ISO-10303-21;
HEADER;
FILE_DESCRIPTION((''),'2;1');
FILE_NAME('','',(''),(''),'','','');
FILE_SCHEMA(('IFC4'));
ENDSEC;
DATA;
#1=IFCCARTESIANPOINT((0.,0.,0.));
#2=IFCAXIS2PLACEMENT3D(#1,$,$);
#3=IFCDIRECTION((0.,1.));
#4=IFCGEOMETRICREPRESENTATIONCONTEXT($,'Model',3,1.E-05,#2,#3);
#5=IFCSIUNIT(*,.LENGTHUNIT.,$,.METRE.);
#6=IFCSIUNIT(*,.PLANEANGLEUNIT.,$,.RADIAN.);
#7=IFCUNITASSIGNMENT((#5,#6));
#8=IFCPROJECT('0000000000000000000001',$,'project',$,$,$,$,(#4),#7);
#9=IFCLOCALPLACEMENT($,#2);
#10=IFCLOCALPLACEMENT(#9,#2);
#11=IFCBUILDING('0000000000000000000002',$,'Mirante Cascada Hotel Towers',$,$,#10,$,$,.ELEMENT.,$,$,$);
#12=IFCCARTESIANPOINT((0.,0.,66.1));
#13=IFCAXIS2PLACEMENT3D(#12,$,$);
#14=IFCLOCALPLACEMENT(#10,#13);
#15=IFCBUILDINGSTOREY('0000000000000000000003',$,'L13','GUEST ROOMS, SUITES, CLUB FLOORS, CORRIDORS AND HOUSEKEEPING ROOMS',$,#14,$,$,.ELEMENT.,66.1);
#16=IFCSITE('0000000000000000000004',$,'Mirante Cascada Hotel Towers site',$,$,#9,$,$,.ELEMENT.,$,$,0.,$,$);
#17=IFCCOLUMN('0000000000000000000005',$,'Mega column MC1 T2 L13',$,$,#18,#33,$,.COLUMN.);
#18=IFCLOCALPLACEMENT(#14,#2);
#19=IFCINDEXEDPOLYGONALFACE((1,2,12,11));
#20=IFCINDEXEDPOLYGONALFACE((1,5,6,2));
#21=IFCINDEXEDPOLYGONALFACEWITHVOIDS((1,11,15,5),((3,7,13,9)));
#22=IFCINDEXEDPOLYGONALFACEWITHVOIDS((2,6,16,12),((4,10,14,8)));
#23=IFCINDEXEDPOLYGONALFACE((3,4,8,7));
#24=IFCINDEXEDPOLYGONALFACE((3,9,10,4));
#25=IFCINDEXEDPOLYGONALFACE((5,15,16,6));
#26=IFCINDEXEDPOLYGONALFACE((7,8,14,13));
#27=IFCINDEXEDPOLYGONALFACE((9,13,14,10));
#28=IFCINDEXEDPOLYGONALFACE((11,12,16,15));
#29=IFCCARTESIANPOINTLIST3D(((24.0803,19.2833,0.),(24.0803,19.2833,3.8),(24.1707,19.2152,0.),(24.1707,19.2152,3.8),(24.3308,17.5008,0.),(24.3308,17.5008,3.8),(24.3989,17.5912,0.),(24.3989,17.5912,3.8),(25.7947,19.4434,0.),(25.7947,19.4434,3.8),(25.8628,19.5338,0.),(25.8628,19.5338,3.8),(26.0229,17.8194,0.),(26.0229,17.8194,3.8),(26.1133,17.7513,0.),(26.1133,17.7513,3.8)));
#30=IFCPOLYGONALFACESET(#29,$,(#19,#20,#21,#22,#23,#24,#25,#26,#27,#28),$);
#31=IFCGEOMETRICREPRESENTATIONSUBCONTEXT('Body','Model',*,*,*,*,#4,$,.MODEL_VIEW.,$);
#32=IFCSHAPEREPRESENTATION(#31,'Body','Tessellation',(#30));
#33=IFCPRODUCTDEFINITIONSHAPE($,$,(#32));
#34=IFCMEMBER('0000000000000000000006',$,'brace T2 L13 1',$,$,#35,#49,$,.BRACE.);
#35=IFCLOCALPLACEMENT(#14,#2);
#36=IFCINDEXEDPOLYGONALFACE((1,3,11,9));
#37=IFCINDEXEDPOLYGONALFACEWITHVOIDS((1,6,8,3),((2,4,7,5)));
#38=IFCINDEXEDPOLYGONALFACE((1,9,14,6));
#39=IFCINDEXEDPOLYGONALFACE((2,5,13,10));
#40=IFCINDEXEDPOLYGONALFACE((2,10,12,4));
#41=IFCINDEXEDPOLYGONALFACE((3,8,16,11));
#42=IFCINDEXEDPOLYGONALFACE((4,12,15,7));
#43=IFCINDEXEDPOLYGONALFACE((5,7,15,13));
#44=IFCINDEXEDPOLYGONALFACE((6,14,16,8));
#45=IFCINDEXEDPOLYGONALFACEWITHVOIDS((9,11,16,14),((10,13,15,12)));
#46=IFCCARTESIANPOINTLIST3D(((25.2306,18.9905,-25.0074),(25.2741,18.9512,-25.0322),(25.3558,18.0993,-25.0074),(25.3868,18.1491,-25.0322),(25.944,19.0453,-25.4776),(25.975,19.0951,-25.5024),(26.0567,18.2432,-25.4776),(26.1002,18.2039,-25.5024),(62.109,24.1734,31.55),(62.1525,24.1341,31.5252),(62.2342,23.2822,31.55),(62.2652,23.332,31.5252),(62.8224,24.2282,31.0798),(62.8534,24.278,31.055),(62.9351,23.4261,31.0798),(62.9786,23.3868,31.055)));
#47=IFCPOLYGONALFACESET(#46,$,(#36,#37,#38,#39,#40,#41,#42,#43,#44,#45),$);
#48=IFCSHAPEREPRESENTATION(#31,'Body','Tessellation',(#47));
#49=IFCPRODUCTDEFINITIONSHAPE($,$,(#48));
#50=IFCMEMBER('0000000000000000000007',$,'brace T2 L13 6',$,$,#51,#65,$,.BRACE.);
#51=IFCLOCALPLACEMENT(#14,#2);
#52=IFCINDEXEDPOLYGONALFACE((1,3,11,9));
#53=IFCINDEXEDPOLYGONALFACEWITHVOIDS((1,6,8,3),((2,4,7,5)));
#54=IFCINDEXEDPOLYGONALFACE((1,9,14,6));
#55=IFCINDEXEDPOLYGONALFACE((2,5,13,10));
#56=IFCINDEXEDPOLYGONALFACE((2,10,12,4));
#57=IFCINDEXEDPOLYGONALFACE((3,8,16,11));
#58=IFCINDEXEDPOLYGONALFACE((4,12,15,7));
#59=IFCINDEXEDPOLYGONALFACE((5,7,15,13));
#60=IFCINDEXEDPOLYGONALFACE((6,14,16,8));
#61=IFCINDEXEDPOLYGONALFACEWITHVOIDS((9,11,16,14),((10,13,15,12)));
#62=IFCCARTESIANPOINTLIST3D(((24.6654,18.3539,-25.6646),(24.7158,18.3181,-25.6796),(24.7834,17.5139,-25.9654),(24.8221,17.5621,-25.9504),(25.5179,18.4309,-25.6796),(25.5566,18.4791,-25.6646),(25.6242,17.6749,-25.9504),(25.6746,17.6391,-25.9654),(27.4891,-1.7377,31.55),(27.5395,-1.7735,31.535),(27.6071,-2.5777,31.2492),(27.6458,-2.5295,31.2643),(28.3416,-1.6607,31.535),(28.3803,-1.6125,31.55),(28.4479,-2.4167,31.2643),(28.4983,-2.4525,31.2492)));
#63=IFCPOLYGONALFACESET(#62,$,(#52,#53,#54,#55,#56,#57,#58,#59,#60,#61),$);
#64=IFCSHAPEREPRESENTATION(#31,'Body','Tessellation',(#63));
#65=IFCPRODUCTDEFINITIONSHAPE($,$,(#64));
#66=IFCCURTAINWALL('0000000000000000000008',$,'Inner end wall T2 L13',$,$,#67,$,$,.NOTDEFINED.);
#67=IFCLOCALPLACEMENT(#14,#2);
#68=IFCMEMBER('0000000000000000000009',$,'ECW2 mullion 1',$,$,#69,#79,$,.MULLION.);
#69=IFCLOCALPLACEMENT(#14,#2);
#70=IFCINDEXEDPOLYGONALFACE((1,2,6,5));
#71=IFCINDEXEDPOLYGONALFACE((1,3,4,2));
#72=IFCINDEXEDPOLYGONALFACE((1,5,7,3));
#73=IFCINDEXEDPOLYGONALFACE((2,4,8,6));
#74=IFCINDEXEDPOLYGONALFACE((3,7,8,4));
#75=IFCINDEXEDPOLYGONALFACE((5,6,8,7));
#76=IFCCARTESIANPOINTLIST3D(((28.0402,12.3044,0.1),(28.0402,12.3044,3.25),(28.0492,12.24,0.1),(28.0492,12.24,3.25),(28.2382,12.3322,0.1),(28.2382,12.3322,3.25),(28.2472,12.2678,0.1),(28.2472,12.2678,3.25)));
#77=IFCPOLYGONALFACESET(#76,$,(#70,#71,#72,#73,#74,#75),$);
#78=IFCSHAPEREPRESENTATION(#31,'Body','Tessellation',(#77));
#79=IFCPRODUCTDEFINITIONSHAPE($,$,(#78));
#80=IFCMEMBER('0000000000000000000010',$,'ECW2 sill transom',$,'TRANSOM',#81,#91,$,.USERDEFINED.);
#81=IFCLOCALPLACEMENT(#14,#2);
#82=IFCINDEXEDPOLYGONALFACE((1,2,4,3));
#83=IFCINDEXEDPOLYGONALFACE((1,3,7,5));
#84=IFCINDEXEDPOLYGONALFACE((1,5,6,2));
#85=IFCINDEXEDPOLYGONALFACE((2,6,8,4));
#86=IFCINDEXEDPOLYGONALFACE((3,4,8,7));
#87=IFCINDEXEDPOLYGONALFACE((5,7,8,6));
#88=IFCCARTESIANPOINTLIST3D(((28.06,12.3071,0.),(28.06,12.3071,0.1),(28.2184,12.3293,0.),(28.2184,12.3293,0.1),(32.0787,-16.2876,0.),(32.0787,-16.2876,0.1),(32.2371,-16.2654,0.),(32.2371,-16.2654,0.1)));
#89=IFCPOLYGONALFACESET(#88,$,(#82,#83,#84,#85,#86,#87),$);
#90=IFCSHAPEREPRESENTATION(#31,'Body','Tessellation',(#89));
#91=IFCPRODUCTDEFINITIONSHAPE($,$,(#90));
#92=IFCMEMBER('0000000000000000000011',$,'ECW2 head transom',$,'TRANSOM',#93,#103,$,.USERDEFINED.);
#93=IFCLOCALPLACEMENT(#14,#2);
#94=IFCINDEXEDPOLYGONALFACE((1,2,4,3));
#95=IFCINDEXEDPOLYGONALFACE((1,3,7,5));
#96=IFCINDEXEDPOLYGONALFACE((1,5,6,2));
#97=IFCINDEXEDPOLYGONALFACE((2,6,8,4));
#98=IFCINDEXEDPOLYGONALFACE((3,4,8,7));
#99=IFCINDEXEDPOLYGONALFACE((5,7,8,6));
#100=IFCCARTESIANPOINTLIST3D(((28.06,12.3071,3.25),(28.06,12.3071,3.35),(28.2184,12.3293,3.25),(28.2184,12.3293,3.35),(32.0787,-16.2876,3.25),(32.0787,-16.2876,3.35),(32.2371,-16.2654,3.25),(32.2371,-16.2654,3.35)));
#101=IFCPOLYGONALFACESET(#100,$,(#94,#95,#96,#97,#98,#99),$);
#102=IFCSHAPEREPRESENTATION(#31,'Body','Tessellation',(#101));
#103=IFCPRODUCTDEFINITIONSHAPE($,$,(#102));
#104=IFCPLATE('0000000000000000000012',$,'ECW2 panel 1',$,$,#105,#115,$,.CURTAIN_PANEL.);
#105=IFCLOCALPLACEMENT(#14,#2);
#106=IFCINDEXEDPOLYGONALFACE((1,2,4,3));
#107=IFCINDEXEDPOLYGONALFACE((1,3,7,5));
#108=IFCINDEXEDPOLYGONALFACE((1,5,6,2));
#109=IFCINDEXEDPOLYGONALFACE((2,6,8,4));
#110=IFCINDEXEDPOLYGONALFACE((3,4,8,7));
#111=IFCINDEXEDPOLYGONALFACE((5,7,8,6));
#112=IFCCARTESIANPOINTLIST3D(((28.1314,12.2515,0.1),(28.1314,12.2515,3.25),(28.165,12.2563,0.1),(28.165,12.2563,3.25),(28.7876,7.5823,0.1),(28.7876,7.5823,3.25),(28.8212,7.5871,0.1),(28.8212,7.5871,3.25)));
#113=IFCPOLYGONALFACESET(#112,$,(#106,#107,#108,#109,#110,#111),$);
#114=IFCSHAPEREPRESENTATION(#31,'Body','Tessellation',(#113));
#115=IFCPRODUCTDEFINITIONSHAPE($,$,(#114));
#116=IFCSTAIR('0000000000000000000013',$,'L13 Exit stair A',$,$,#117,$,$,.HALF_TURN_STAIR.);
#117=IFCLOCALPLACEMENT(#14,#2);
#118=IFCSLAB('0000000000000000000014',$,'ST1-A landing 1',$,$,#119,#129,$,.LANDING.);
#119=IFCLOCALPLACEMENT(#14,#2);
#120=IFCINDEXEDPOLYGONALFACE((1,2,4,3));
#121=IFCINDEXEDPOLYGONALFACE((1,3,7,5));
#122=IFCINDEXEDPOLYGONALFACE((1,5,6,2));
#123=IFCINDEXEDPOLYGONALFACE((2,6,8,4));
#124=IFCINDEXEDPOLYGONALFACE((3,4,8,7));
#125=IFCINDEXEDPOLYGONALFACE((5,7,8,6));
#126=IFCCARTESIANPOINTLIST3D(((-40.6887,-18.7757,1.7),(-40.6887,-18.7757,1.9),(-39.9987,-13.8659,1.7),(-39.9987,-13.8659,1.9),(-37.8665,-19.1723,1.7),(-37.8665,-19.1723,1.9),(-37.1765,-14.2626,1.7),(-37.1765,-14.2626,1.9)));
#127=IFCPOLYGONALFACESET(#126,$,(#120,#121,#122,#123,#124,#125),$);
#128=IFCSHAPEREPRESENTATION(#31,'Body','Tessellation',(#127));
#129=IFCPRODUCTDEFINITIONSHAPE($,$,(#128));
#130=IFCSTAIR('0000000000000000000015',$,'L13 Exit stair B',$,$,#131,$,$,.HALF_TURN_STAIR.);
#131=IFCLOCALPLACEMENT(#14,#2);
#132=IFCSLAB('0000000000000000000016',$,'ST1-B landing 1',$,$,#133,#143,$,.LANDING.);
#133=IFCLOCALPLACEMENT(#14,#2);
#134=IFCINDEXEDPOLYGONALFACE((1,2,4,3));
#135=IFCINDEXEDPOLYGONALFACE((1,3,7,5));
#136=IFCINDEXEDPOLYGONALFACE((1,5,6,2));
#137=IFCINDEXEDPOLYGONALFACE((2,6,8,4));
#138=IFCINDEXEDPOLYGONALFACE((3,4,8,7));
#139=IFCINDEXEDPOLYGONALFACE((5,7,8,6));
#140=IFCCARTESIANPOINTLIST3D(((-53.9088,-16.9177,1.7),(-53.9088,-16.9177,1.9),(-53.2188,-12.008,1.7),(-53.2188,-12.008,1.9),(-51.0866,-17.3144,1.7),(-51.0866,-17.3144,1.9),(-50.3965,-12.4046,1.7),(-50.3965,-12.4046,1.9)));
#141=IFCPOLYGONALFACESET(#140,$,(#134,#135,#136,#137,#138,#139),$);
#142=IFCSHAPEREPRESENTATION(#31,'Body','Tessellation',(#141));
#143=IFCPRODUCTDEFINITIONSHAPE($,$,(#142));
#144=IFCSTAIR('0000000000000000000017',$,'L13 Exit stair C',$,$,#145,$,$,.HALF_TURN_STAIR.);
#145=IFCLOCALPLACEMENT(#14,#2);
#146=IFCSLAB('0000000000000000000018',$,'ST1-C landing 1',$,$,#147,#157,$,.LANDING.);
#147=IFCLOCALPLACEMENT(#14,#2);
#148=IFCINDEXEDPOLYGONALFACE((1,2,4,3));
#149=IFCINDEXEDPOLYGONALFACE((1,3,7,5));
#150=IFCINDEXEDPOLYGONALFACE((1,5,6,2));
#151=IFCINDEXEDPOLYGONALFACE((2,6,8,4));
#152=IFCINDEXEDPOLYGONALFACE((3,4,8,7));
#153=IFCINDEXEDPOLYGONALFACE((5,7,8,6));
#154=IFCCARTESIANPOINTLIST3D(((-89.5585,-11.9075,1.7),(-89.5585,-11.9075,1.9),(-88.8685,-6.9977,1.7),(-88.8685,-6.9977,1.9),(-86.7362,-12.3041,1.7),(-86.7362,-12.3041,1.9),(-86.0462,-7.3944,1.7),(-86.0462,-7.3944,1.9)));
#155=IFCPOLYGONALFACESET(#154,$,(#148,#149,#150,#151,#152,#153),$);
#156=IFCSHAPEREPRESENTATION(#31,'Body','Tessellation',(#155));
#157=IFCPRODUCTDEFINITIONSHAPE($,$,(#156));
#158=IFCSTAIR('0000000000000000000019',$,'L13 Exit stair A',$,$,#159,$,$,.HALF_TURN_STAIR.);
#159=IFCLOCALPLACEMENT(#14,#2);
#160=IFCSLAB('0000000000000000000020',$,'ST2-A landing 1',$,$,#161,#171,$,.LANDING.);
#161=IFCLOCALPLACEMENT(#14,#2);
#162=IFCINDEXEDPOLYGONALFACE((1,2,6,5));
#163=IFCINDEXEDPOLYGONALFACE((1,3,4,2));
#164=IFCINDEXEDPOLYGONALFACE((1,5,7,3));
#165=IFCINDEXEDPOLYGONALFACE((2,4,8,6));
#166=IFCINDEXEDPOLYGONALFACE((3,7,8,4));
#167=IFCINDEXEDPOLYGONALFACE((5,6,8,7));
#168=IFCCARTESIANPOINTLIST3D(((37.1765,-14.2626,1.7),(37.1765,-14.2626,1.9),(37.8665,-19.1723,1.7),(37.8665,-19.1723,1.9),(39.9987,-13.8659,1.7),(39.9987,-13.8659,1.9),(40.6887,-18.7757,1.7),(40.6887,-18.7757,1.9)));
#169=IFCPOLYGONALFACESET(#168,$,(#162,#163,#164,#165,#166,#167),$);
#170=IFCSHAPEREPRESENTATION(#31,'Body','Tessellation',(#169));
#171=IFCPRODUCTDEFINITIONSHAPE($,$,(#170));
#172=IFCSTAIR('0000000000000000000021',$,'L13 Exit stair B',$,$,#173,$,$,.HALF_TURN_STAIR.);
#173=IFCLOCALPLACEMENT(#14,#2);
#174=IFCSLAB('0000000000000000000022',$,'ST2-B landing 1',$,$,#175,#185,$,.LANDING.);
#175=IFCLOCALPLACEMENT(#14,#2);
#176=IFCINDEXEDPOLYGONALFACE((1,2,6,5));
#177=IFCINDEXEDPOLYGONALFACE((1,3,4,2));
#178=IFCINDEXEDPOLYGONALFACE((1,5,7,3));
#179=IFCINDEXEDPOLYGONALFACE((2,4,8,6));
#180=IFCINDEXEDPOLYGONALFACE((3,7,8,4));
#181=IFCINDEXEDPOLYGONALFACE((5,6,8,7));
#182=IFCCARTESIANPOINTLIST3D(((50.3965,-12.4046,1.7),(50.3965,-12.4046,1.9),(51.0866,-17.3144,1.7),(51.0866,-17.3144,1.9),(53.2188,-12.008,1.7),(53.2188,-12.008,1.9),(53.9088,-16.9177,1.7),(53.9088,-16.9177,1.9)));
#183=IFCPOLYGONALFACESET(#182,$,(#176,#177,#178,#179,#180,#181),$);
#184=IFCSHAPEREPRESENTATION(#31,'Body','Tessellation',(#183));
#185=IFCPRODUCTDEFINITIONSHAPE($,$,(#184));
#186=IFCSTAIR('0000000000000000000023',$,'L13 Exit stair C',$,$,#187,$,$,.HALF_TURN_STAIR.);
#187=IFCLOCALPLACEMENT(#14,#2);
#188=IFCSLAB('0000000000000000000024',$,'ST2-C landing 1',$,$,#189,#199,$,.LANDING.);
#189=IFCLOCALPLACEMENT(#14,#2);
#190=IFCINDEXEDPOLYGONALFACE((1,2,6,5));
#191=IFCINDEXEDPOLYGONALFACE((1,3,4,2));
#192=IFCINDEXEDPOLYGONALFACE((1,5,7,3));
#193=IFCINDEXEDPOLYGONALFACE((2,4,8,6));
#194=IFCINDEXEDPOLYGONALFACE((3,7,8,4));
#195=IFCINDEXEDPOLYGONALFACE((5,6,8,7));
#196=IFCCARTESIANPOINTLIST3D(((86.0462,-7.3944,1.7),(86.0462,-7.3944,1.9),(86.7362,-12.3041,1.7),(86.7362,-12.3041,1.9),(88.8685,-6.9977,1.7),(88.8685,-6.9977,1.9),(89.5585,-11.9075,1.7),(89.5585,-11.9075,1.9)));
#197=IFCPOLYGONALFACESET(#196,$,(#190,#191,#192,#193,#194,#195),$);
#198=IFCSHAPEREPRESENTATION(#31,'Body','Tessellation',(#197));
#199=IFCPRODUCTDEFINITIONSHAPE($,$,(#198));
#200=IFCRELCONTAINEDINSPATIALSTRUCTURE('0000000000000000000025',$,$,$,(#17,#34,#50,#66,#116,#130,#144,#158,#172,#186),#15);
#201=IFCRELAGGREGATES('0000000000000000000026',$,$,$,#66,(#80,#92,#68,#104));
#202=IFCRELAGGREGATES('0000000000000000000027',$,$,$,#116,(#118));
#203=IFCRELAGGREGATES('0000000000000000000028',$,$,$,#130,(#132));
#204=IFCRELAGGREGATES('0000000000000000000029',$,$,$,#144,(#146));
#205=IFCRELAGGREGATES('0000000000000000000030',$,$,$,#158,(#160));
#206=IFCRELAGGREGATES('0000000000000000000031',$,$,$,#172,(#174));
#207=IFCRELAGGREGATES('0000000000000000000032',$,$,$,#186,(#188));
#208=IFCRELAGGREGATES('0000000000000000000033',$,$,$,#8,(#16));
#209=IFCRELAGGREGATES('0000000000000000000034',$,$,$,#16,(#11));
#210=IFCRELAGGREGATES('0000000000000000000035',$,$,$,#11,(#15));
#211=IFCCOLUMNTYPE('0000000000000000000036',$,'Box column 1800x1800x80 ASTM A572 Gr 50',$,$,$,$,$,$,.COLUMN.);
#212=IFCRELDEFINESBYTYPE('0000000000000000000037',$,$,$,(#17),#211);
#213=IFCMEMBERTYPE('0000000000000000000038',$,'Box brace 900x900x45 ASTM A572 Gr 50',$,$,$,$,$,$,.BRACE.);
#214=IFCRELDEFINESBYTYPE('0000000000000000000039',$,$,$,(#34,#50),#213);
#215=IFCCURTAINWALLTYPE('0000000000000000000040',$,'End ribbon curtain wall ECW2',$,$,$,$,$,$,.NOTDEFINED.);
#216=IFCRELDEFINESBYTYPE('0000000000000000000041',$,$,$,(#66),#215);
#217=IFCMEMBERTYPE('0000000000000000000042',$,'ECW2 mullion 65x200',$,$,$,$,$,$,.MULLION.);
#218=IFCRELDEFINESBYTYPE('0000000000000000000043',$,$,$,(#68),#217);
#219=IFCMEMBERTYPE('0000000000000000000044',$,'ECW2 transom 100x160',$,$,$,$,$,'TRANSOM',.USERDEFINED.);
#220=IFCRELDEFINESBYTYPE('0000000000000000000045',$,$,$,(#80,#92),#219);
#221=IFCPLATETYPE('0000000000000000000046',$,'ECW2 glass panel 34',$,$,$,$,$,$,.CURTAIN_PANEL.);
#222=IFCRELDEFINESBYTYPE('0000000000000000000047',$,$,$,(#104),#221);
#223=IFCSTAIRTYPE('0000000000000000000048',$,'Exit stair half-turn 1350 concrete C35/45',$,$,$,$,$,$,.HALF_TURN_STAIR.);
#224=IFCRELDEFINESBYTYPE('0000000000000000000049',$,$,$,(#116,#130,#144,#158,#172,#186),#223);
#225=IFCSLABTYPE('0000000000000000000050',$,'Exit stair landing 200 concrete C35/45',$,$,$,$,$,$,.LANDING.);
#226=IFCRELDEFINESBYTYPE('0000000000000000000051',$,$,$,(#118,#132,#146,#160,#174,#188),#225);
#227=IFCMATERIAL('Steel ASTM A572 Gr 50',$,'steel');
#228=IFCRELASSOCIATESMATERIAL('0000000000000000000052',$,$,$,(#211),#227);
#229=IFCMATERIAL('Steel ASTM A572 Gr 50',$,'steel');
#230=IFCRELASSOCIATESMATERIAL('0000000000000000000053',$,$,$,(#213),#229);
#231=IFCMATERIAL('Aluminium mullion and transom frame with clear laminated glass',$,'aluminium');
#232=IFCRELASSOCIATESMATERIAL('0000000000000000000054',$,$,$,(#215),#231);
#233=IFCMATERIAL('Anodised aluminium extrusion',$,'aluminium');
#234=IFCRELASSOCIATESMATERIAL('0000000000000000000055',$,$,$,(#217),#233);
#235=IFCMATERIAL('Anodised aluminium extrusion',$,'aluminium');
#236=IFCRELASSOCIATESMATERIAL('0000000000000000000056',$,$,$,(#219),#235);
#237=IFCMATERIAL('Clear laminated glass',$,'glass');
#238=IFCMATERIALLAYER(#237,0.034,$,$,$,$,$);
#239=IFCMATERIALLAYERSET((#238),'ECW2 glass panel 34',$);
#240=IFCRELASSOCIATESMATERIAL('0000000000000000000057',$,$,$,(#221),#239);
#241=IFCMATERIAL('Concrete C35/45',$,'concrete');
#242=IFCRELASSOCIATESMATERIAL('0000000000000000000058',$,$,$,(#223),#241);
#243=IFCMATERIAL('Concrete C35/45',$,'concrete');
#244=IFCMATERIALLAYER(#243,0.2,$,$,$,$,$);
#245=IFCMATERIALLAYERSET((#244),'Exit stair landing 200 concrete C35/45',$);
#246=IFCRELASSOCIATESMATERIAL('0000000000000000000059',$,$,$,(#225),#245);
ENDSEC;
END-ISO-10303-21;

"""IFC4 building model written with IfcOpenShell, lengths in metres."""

from ifc_helpers import new_model, si_unit, direction, frame, origin, origin_2d, place, context, subcontext, project, spatial, polyline, rectangle, hollow_rectangle, outline, extrude, material, layer, layer_set, material_profile, profile_set, type_object, element, aggregate, save


model = new_model("IFC4")

# Units and contexts
model_context = context("Model", 3, precision=1e-05, world=origin(), true_north=direction((0.0, 1.0)))
body_context = subcontext(model_context, "Body", "Model", "MODEL_VIEW")
ifc_project = project(units=[si_unit("LENGTHUNIT", "METRE"), si_unit("PLANEANGLEUNIT", "RADIAN")], contexts=[model_context])

# Site, building, storey
site_placement = place(None, origin())
site = spatial("IfcSite", under=ifc_project, at=site_placement, Name="Mirante Cascada Hotel Towers site", CompositionType="ELEMENT", RefElevation=0.0)
building_placement = place(site_placement, origin())
building = spatial("IfcBuilding", under=site, at=building_placement, Name="Mirante Cascada Hotel Towers", CompositionType="ELEMENT")
storey_placement = place(building_placement, frame((0.0, 0.0, 66.1)))
storey = spatial("IfcBuildingStorey", under=building, at=storey_placement, Name="L13", Description="GUEST ROOMS, SUITES, CLUB FLOORS, CORRIDORS AND HOUSEKEEPING ROOMS", CompositionType="ELEMENT", Elevation=66.1)

# Column
ifc_material_1 = material(Name="Steel ASTM A572 Gr 50", Category="steel")
ifc_material_profile_1 = material_profile(ifc_material_1, hollow_rectangle(XDim=1.8, YDim=1.8, WallThickness=0.08, at=origin_2d()), Name="Box column 1800x1800x80 ASTM A572 Gr 50")
ifc_profile_set_1 = profile_set([ifc_material_profile_1], Name="Steel ASTM A572 Gr 50")
column_type = type_object("IfcColumnType", Name="Box column 1800x1800x80 ASTM A572 Gr 50", PredefinedType="COLUMN", material=ifc_profile_set_1)
column_placement = place(storey_placement, frame((25.0968, 18.5173, 0.0), z_axis=(0.0, 0.0, 1.0), x_axis=(0.990268, 0.139173, 0.0)))
element("IfcColumn", 1, at=column_placement, inside=storey, type_object=column_type, Name="Mega column MC1 T2 L13", PredefinedType="COLUMN", context=body_context, shape_type="SweptSolid", body=[
    extrude(hollow_rectangle(XDim=1.8, YDim=1.8, WallThickness=0.08, at=origin_2d()), origin(), (0.0, 0.0, 1.0), 3.8),
])

# Members
ifc_material_2 = material(Name="Steel ASTM A572 Gr 50", Category="steel")
ifc_material_profile_2 = material_profile(ifc_material_2, hollow_rectangle(XDim=0.9, YDim=0.9, WallThickness=0.045, at=origin_2d()), Name="Box brace 900x900x45 ASTM A572 Gr 50")
ifc_profile_set_2 = profile_set([ifc_material_profile_2], Name="Steel ASTM A572 Gr 50")
member_type_1 = type_object("IfcMemberType", Name="Box brace 900x900x45 ASTM A572 Gr 50", PredefinedType="BRACE", material=ifc_profile_set_2)
member_1_placement = place(storey_placement, frame((25.6654, 18.5972, -25.2549), z_axis=(0.544594, 0.076537, 0.8352), x_axis=(-0.139173, 0.990268, 0.0)))
element("IfcMember", 2, at=member_1_placement, inside=storey, type_object=member_type_1, Name="brace T2 L13 1", PredefinedType="BRACE", context=body_context, shape_type="SweptSolid", body=[
    extrude(hollow_rectangle(XDim=0.9, YDim=0.9, WallThickness=0.045, at=origin_2d()), origin(), (0.0, 0.0, 1.0), 67.7172),
])
member_2_placement = place(storey_placement, frame((25.17, 17.9965, -25.815), z_axis=(0.046515, -0.330968, 0.942495), x_axis=(0.990268, 0.139174, 0.0)))
element("IfcMember", 3, at=member_2_placement, inside=storey, type_object=member_type_1, Name="brace T2 L13 6", PredefinedType="BRACE", context=body_context, shape_type="SweptSolid", body=[
    extrude(hollow_rectangle(XDim=0.9, YDim=0.9, WallThickness=0.045, at=origin_2d()), origin(), (0.0, 0.0, 1.0), 60.7055),
])

# Curtain wall, members, plate
ifc_material_3 = material(Name="Aluminium mullion and transom frame with clear laminated glass", Category="aluminium")
curtain_wall_type = type_object("IfcCurtainWallType", Name="End ribbon curtain wall ECW2", PredefinedType="NOTDEFINED", material=ifc_material_3)
curtain_wall_placement = place(storey_placement, origin())
curtain_wall = element("IfcCurtainWall", 4, at=curtain_wall_placement, inside=storey, type_object=curtain_wall_type, Name="Inner end wall T2 L13", PredefinedType="NOTDEFINED")
ifc_material_4 = material(Name="Anodised aluminium extrusion", Category="aluminium")
ifc_material_profile_3 = material_profile(ifc_material_4, rectangle(XDim=0.2, YDim=0.065, at=origin_2d()), Name="ECW2 MULLION 65x200")
ifc_profile_set_3 = profile_set([ifc_material_profile_3], Name="Anodised aluminium extrusion")
member_type_2 = type_object("IfcMemberType", Name="ECW2 mullion 65x200", PredefinedType="MULLION", material=ifc_profile_set_3)
member_3_placement = place(storey_placement, frame((28.1437, 12.2861, 0.1), z_axis=(0.0, 0.0, 1.0), x_axis=(0.990268, 0.139173, 0.0)))
member_3 = element("IfcMember", 5, at=member_3_placement, type_object=member_type_2, Name="ECW2 mullion 1", PredefinedType="MULLION", context=body_context, shape_type="SweptSolid", body=[
    extrude(rectangle(XDim=0.2, YDim=0.065, at=origin_2d()), origin(), (0.0, 0.0, 1.0), 3.15),
])
ifc_material_5 = material(Name="Anodised aluminium extrusion", Category="aluminium")
ifc_material_profile_4 = material_profile(ifc_material_5, rectangle(XDim=0.16, YDim=0.1, at=origin_2d()), Name="ECW2 TRANSOM 100x160")
ifc_profile_set_4 = profile_set([ifc_material_profile_4], Name="Anodised aluminium extrusion")
member_type_3 = type_object("IfcMemberType", Name="ECW2 transom 100x160", ElementType="TRANSOM", PredefinedType="USERDEFINED", material=ifc_profile_set_4)
member_4_placement = place(storey_placement, frame((28.1392, 12.3182, 0.05), z_axis=(0.139172, -0.990268, 0.0), x_axis=(0.990268, 0.139172, 0.0)))
member_4 = element("IfcMember", 6, at=member_4_placement, type_object=member_type_3, Name="ECW2 sill transom", ObjectType="TRANSOM", PredefinedType="USERDEFINED", context=body_context, shape_type="SweptSolid", body=[
    extrude(rectangle(XDim=0.16, YDim=0.1, at=origin_2d()), origin(), (0.0, 0.0, 1.0), 28.8757),
])
member_5_placement = place(storey_placement, frame((28.1392, 12.3182, 3.3), z_axis=(0.139172, -0.990268, 0.0), x_axis=(0.990268, 0.139172, 0.0)))
member_5 = element("IfcMember", 7, at=member_5_placement, type_object=member_type_3, Name="ECW2 head transom", ObjectType="TRANSOM", PredefinedType="USERDEFINED", context=body_context, shape_type="SweptSolid", body=[
    extrude(rectangle(XDim=0.16, YDim=0.1, at=origin_2d()), origin(), (0.0, 0.0, 1.0), 28.8757),
])
ifc_material_6 = material(Name="Clear laminated glass", Category="glass")
ifc_layer_1 = layer(ifc_material_6, 0.034)
ifc_layer_set_1 = layer_set([ifc_layer_1], Name="ECW2 glass panel 34")
plate_type = type_object("IfcPlateType", Name="ECW2 glass panel 34", PredefinedType="CURTAIN_PANEL", material=ifc_layer_set_1)
plate_placement = place(storey_placement, frame((28.4763, 9.9193, 0.1), z_axis=(0.0, 0.0, 1.0), x_axis=(0.139173, -0.990268, 0.0)))
plate = element("IfcPlate", 8, at=plate_placement, type_object=plate_type, Name="ECW2 panel 1", PredefinedType="CURTAIN_PANEL", context=body_context, shape_type="SweptSolid", body=[
    extrude(rectangle(XDim=4.7151, YDim=0.034, at=origin_2d()), origin(), (0.0, 0.0, 1.0), 3.15),
])
aggregate(curtain_wall, [member_4, member_5, member_3, plate])

# Stairs, slabs
ifc_material_7 = material(Name="Concrete C35/45", Category="concrete")
stair_type = type_object("IfcStairType", Name="Exit stair half-turn 1350 concrete C35/45", PredefinedType="HALF_TURN_STAIR", material=ifc_material_7)
stair_1_placement = place(storey_placement, origin())
stair_1 = element("IfcStair", 9, at=stair_1_placement, inside=storey, type_object=stair_type, Name="L13 Exit stair A", PredefinedType="HALF_TURN_STAIR")
ifc_material_8 = material(Name="Concrete C35/45", Category="concrete")
ifc_layer_2 = layer(ifc_material_8, 0.2)
ifc_layer_set_2 = layer_set([ifc_layer_2], Name="Exit stair landing 200 concrete C35/45")
slab_type = type_object("IfcSlabType", Name="Exit stair landing 200 concrete C35/45", PredefinedType="LANDING", material=ifc_layer_set_2)
slab_1_placement = place(storey_placement, frame((0.0, 0.0, 1.7)))
slab_1 = element("IfcSlab", 10, at=slab_1_placement, type_object=slab_type, Name="ST1-A landing 1", PredefinedType="LANDING", context=body_context, shape_type="SweptSolid", body=[
    extrude(outline(polyline([(-39.9987, -13.8659), (-40.6887, -18.7757), (-37.8665, -19.1723), (-37.1765, -14.2626), (-39.9987, -13.8659)])), origin(), (0.0, 0.0, 1.0), 0.2),
])
aggregate(stair_1, [slab_1])
stair_2_placement = place(storey_placement, origin())
stair_2 = element("IfcStair", 11, at=stair_2_placement, inside=storey, type_object=stair_type, Name="L13 Exit stair B", PredefinedType="HALF_TURN_STAIR")
slab_2_placement = place(storey_placement, frame((0.0, 0.0, 1.7)))
slab_2 = element("IfcSlab", 12, at=slab_2_placement, type_object=slab_type, Name="ST1-B landing 1", PredefinedType="LANDING", context=body_context, shape_type="SweptSolid", body=[
    extrude(outline(polyline([(-53.2188, -12.008), (-53.9088, -16.9177), (-51.0866, -17.3144), (-50.3965, -12.4046), (-53.2188, -12.008)])), origin(), (0.0, 0.0, 1.0), 0.2),
])
aggregate(stair_2, [slab_2])
stair_3_placement = place(storey_placement, origin())
stair_3 = element("IfcStair", 13, at=stair_3_placement, inside=storey, type_object=stair_type, Name="L13 Exit stair C", PredefinedType="HALF_TURN_STAIR")
slab_3_placement = place(storey_placement, frame((0.0, 0.0, 1.7)))
slab_3 = element("IfcSlab", 14, at=slab_3_placement, type_object=slab_type, Name="ST1-C landing 1", PredefinedType="LANDING", context=body_context, shape_type="SweptSolid", body=[
    extrude(outline(polyline([(-88.8685, -6.9977), (-89.5585, -11.9075), (-86.7362, -12.3041), (-86.0462, -7.3944), (-88.8685, -6.9977)])), origin(), (0.0, 0.0, 1.0), 0.2),
])
aggregate(stair_3, [slab_3])
stair_4_placement = place(storey_placement, origin())
stair_4 = element("IfcStair", 15, at=stair_4_placement, inside=storey, type_object=stair_type, Name="L13 Exit stair A", PredefinedType="HALF_TURN_STAIR")
slab_4_placement = place(storey_placement, frame((0.0, 0.0, 1.7)))
slab_4 = element("IfcSlab", 16, at=slab_4_placement, type_object=slab_type, Name="ST2-A landing 1", PredefinedType="LANDING", context=body_context, shape_type="SweptSolid", body=[
    extrude(outline(polyline([(37.1765, -14.2626), (37.8665, -19.1723), (40.6887, -18.7757), (39.9987, -13.8659), (37.1765, -14.2626)])), origin(), (0.0, 0.0, 1.0), 0.2),
])
aggregate(stair_4, [slab_4])
stair_5_placement = place(storey_placement, origin())
stair_5 = element("IfcStair", 17, at=stair_5_placement, inside=storey, type_object=stair_type, Name="L13 Exit stair B", PredefinedType="HALF_TURN_STAIR")
slab_5_placement = place(storey_placement, frame((0.0, 0.0, 1.7)))
slab_5 = element("IfcSlab", 18, at=slab_5_placement, type_object=slab_type, Name="ST2-B landing 1", PredefinedType="LANDING", context=body_context, shape_type="SweptSolid", body=[
    extrude(outline(polyline([(50.3965, -12.4046), (51.0866, -17.3144), (53.9088, -16.9177), (53.2188, -12.008), (50.3965, -12.4046)])), origin(), (0.0, 0.0, 1.0), 0.2),
])
aggregate(stair_5, [slab_5])
stair_6_placement = place(storey_placement, origin())
stair_6 = element("IfcStair", 19, at=stair_6_placement, inside=storey, type_object=stair_type, Name="L13 Exit stair C", PredefinedType="HALF_TURN_STAIR")
slab_6_placement = place(storey_placement, frame((0.0, 0.0, 1.7)))
slab_6 = element("IfcSlab", 20, at=slab_6_placement, type_object=slab_type, Name="ST2-C landing 1", PredefinedType="LANDING", context=body_context, shape_type="SweptSolid", body=[
    extrude(outline(polyline([(86.0462, -7.3944), (86.7362, -12.3041), (89.5585, -11.9075), (88.8685, -6.9977), (86.0462, -7.3944)])), origin(), (0.0, 0.0, 1.0), 0.2),
])
aggregate(stair_6, [slab_6])

save(model, "model.ifc")
